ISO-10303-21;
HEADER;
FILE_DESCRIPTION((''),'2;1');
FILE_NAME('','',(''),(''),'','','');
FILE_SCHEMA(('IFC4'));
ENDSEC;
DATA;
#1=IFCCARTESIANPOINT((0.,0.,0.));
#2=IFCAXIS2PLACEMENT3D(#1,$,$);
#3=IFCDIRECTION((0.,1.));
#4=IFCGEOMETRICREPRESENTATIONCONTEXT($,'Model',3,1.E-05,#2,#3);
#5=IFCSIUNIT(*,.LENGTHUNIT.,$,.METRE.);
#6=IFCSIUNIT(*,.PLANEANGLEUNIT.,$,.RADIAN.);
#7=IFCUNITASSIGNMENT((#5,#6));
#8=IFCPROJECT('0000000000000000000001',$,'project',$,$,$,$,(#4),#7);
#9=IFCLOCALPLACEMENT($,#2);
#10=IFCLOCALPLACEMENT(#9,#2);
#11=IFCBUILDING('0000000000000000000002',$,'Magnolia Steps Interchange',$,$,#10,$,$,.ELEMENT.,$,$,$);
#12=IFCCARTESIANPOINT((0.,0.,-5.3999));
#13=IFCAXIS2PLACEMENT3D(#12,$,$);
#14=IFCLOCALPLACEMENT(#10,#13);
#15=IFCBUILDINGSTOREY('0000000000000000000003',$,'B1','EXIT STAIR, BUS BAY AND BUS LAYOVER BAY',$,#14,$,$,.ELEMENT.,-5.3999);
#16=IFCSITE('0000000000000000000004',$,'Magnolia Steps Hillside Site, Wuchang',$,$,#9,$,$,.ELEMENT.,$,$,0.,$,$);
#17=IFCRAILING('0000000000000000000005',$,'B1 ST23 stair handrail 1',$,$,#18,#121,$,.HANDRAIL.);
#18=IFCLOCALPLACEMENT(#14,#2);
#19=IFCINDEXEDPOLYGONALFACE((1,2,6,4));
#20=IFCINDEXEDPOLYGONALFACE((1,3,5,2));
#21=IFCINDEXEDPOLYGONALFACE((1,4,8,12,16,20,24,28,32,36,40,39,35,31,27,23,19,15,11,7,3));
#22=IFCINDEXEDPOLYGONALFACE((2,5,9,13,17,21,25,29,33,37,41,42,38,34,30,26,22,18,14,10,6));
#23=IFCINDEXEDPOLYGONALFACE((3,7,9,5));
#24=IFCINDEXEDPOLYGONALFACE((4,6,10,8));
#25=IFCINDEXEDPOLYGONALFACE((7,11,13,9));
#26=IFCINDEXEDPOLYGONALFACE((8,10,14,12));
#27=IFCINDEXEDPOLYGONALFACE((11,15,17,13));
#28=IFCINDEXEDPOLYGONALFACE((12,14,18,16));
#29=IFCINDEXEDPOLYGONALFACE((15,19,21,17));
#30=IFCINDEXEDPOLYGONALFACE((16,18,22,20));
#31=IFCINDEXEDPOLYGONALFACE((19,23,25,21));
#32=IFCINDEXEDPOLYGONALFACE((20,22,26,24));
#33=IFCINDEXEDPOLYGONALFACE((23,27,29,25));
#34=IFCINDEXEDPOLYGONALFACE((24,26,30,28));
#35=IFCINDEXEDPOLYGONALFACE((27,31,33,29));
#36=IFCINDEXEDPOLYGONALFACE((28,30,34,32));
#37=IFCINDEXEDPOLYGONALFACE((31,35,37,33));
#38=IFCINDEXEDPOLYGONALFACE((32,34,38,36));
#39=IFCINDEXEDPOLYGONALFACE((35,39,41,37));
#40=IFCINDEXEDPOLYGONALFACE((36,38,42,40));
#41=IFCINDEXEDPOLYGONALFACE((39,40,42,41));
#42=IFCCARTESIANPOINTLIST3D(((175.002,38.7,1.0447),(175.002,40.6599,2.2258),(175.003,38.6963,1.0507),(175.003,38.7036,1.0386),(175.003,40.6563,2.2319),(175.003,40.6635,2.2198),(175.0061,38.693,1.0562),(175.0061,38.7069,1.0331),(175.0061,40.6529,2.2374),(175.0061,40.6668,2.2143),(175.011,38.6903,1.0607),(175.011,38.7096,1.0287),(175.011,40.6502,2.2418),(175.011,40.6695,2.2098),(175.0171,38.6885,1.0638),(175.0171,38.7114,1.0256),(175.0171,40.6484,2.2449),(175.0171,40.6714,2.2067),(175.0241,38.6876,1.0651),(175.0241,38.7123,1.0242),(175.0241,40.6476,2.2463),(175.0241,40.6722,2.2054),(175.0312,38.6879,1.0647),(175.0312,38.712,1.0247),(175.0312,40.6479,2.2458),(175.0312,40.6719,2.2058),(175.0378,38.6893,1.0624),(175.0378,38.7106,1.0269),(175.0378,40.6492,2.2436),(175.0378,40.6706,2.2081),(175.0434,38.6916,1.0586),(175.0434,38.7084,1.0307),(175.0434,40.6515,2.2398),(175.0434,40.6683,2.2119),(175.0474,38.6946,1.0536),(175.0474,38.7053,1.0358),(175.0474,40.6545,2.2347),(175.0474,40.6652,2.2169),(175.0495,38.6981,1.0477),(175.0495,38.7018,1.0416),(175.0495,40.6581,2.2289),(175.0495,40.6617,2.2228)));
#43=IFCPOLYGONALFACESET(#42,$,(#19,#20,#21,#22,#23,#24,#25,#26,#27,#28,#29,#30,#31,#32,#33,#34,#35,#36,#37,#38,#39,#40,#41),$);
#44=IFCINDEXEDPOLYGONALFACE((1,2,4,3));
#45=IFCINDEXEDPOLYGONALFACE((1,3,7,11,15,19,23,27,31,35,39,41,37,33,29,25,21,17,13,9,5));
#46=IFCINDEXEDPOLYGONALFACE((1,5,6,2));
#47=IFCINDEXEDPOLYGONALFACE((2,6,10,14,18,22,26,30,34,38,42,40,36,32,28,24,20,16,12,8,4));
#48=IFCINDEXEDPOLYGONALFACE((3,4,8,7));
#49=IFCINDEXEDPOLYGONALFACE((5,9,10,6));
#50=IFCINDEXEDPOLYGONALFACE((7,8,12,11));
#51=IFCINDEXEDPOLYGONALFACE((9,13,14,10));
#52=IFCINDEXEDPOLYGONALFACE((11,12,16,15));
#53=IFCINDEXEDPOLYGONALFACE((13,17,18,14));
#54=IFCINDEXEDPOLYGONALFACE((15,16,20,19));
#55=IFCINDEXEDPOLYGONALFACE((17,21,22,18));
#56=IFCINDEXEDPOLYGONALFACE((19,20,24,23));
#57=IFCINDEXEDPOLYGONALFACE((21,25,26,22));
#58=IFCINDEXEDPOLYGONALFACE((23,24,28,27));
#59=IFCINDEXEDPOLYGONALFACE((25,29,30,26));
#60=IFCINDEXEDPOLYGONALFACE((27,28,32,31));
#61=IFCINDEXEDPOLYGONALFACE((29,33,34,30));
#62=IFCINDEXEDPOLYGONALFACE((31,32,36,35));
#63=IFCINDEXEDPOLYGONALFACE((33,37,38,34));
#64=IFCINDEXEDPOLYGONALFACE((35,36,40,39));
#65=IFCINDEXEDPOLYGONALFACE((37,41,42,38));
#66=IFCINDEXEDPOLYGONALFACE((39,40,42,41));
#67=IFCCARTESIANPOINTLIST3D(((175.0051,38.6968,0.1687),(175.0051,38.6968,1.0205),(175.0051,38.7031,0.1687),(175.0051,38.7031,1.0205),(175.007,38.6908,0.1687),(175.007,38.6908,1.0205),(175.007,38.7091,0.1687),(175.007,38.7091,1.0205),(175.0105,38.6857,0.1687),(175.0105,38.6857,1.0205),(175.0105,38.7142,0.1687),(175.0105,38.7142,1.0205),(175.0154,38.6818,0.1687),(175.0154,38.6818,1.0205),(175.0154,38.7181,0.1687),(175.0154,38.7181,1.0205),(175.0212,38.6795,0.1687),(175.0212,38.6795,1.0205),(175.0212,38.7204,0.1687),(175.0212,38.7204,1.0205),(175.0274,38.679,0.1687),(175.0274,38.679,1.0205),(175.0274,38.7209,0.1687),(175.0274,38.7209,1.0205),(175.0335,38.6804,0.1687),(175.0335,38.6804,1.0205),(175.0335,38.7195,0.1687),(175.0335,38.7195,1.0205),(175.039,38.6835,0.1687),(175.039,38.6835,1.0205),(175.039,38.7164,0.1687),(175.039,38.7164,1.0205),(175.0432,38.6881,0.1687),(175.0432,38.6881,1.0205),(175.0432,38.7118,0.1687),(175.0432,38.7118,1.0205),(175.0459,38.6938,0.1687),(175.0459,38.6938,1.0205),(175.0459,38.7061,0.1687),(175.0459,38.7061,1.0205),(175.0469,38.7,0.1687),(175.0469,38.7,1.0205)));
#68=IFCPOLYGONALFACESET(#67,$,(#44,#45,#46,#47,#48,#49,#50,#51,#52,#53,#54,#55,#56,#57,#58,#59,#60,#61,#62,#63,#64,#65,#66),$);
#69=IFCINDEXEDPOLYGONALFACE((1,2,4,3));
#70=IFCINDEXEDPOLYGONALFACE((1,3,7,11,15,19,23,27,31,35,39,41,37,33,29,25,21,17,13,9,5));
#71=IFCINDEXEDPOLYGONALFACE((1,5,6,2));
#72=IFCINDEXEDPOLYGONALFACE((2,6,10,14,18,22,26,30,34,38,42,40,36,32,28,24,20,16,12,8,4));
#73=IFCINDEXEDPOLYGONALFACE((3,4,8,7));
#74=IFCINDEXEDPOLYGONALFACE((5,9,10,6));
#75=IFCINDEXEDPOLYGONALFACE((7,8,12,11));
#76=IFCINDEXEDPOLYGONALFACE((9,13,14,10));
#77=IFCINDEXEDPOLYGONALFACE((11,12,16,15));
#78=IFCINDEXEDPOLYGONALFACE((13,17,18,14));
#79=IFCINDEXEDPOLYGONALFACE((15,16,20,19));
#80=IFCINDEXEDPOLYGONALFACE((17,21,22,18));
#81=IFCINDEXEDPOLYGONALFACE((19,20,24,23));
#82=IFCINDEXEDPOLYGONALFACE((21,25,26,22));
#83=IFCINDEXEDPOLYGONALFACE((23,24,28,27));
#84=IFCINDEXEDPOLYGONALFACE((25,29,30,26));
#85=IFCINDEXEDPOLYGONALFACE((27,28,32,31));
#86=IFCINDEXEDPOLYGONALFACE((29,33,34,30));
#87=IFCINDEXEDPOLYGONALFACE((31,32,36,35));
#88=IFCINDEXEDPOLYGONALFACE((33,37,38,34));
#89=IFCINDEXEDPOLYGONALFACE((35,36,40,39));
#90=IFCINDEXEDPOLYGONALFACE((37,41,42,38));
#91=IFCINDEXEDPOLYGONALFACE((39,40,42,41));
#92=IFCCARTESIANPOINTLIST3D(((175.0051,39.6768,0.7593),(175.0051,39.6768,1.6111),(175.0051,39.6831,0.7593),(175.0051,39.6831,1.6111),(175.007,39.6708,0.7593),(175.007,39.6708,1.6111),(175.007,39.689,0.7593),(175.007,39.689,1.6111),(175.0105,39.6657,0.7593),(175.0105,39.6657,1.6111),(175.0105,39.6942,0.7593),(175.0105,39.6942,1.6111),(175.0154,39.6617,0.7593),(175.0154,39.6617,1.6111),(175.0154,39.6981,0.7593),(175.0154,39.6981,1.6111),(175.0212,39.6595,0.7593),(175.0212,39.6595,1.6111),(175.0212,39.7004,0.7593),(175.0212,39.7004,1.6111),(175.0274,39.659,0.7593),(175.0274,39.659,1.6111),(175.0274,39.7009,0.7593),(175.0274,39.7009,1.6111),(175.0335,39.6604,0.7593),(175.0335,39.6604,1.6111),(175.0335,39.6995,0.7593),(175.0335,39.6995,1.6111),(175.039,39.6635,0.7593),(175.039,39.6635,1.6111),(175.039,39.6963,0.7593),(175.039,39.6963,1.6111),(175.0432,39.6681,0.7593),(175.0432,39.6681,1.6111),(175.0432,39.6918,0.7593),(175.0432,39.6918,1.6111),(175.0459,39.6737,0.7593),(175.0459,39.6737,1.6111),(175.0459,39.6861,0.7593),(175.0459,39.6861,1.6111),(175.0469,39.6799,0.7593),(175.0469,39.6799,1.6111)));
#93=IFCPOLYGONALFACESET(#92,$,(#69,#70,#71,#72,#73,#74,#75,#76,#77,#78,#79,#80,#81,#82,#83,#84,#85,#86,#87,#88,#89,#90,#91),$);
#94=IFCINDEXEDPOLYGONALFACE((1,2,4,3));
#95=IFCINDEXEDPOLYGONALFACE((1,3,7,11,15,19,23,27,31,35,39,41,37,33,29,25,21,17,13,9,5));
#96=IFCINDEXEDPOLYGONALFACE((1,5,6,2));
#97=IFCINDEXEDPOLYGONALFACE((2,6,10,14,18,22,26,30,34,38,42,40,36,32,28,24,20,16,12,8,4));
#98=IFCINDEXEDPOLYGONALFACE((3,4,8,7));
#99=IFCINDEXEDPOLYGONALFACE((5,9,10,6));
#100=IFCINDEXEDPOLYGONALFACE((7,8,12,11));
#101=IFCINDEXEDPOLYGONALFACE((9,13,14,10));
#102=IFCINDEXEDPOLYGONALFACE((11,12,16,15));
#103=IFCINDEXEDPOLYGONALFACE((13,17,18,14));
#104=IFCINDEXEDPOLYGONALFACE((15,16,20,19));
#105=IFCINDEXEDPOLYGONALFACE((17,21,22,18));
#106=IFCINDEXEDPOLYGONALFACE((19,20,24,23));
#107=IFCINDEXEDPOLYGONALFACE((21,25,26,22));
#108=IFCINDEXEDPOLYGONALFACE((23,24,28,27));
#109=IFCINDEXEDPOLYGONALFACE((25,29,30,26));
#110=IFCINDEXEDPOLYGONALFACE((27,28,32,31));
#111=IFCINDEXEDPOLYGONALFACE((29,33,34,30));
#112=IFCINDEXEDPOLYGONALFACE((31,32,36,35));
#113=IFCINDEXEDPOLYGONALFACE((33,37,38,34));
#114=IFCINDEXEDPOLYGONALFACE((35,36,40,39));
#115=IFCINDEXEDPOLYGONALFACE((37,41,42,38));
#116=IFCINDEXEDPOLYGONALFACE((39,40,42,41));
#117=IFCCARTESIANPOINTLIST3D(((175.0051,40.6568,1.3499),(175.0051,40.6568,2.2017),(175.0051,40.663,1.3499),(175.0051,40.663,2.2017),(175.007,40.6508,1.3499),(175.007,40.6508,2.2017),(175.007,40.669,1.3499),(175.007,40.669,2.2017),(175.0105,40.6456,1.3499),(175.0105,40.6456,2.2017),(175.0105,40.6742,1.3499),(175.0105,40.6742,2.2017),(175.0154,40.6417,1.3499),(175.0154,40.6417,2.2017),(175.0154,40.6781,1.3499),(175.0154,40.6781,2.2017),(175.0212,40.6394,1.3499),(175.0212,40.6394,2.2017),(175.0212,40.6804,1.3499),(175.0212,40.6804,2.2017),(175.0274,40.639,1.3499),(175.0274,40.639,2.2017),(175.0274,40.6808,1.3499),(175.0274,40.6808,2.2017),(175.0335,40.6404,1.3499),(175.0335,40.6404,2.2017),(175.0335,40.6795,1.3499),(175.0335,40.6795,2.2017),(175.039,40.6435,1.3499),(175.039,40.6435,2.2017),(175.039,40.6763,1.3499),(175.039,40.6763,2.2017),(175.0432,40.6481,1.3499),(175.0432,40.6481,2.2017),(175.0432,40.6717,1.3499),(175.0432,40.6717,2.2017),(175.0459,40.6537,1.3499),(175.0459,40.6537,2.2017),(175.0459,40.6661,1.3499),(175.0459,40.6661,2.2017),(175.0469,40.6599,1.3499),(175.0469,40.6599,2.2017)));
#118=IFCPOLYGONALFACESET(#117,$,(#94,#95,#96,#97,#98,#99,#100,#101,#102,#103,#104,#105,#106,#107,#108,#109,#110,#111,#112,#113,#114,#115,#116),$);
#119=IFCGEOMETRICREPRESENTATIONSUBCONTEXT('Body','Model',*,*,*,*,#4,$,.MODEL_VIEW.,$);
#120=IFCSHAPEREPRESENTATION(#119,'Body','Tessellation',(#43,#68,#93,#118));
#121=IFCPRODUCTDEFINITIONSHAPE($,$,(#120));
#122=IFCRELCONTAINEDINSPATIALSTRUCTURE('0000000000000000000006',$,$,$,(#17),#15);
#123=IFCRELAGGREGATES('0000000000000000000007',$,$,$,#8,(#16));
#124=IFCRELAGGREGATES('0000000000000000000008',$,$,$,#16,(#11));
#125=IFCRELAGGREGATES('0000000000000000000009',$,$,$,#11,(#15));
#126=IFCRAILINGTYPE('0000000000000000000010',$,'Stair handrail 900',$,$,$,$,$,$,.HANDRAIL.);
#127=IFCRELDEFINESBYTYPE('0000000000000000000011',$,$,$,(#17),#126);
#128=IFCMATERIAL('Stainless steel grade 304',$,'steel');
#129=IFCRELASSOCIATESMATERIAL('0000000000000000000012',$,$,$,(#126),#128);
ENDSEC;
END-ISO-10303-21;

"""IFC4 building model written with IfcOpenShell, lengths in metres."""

from ifc_helpers import new_model, si_unit, direction, frame, origin, origin_2d, place, context, subcontext, project, spatial, circle, extrude, material, type_object, element, save


model = new_model("IFC4")

# Units and contexts
model_context = context("Model", 3, precision=1e-05, world=origin(), true_north=direction((0.0, 1.0)))
body_context = subcontext(model_context, "Body", "Model", "MODEL_VIEW")
ifc_project = project(units=[si_unit("LENGTHUNIT", "METRE"), si_unit("PLANEANGLEUNIT", "RADIAN")], contexts=[model_context])

# Site, building, storey
site_placement = place(None, origin())
site = spatial("IfcSite", under=ifc_project, at=site_placement, Name="Magnolia Steps Hillside Site, Wuchang", CompositionType="ELEMENT", RefElevation=0.0)
building_placement = place(site_placement, origin())
building = spatial("IfcBuilding", under=site, at=building_placement, Name="Magnolia Steps Interchange", CompositionType="ELEMENT")
storey_placement = place(building_placement, frame((0.0, 0.0, -5.3999)))
storey = spatial("IfcBuildingStorey", under=building, at=storey_placement, Name="B1", Description="EXIT STAIR, BUS BAY AND BUS LAYOVER BAY", CompositionType="ELEMENT", Elevation=-5.3999)

# Railing
ifc_material_1 = material(Name="Stainless steel grade 304", Category="steel")
railing_type_1 = type_object("IfcRailingType", Name="Stair handrail 900", PredefinedType="HANDRAIL", material=ifc_material_1)
railing_1_placement = place(storey_placement, frame((175.0259, 38.7, 0.1687)))
element("IfcRailing", 1, at=railing_1_placement, inside=storey, type_object=railing_type_1, Name="B1 ST23 stair handrail 1", PredefinedType="HANDRAIL", context=body_context, shape_type="SweptSolid", body=[
    extrude(circle(Radius=0.0239, at=origin_2d()), frame((0.0, 0.0, 0.876), z_axis=(0.0, 0.856493, 0.516158), x_axis=(-1.0, 0.0, 0.0)), (0.0, 0.0, 1.0), 2.2883),
    extrude(circle(Radius=0.021, at=origin_2d()), origin(), (0.0, 0.0, 1.0), 0.8518),
    extrude(circle(Radius=0.021, at=origin_2d()), frame((0.0, 0.98, 0.5906)), (0.0, 0.0, 1.0), 0.8518),
    extrude(circle(Radius=0.021, at=origin_2d()), frame((0.0, 1.96, 1.1812)), (0.0, 0.0, 1.0), 0.8518),
])

save(model, "model.ifc")
